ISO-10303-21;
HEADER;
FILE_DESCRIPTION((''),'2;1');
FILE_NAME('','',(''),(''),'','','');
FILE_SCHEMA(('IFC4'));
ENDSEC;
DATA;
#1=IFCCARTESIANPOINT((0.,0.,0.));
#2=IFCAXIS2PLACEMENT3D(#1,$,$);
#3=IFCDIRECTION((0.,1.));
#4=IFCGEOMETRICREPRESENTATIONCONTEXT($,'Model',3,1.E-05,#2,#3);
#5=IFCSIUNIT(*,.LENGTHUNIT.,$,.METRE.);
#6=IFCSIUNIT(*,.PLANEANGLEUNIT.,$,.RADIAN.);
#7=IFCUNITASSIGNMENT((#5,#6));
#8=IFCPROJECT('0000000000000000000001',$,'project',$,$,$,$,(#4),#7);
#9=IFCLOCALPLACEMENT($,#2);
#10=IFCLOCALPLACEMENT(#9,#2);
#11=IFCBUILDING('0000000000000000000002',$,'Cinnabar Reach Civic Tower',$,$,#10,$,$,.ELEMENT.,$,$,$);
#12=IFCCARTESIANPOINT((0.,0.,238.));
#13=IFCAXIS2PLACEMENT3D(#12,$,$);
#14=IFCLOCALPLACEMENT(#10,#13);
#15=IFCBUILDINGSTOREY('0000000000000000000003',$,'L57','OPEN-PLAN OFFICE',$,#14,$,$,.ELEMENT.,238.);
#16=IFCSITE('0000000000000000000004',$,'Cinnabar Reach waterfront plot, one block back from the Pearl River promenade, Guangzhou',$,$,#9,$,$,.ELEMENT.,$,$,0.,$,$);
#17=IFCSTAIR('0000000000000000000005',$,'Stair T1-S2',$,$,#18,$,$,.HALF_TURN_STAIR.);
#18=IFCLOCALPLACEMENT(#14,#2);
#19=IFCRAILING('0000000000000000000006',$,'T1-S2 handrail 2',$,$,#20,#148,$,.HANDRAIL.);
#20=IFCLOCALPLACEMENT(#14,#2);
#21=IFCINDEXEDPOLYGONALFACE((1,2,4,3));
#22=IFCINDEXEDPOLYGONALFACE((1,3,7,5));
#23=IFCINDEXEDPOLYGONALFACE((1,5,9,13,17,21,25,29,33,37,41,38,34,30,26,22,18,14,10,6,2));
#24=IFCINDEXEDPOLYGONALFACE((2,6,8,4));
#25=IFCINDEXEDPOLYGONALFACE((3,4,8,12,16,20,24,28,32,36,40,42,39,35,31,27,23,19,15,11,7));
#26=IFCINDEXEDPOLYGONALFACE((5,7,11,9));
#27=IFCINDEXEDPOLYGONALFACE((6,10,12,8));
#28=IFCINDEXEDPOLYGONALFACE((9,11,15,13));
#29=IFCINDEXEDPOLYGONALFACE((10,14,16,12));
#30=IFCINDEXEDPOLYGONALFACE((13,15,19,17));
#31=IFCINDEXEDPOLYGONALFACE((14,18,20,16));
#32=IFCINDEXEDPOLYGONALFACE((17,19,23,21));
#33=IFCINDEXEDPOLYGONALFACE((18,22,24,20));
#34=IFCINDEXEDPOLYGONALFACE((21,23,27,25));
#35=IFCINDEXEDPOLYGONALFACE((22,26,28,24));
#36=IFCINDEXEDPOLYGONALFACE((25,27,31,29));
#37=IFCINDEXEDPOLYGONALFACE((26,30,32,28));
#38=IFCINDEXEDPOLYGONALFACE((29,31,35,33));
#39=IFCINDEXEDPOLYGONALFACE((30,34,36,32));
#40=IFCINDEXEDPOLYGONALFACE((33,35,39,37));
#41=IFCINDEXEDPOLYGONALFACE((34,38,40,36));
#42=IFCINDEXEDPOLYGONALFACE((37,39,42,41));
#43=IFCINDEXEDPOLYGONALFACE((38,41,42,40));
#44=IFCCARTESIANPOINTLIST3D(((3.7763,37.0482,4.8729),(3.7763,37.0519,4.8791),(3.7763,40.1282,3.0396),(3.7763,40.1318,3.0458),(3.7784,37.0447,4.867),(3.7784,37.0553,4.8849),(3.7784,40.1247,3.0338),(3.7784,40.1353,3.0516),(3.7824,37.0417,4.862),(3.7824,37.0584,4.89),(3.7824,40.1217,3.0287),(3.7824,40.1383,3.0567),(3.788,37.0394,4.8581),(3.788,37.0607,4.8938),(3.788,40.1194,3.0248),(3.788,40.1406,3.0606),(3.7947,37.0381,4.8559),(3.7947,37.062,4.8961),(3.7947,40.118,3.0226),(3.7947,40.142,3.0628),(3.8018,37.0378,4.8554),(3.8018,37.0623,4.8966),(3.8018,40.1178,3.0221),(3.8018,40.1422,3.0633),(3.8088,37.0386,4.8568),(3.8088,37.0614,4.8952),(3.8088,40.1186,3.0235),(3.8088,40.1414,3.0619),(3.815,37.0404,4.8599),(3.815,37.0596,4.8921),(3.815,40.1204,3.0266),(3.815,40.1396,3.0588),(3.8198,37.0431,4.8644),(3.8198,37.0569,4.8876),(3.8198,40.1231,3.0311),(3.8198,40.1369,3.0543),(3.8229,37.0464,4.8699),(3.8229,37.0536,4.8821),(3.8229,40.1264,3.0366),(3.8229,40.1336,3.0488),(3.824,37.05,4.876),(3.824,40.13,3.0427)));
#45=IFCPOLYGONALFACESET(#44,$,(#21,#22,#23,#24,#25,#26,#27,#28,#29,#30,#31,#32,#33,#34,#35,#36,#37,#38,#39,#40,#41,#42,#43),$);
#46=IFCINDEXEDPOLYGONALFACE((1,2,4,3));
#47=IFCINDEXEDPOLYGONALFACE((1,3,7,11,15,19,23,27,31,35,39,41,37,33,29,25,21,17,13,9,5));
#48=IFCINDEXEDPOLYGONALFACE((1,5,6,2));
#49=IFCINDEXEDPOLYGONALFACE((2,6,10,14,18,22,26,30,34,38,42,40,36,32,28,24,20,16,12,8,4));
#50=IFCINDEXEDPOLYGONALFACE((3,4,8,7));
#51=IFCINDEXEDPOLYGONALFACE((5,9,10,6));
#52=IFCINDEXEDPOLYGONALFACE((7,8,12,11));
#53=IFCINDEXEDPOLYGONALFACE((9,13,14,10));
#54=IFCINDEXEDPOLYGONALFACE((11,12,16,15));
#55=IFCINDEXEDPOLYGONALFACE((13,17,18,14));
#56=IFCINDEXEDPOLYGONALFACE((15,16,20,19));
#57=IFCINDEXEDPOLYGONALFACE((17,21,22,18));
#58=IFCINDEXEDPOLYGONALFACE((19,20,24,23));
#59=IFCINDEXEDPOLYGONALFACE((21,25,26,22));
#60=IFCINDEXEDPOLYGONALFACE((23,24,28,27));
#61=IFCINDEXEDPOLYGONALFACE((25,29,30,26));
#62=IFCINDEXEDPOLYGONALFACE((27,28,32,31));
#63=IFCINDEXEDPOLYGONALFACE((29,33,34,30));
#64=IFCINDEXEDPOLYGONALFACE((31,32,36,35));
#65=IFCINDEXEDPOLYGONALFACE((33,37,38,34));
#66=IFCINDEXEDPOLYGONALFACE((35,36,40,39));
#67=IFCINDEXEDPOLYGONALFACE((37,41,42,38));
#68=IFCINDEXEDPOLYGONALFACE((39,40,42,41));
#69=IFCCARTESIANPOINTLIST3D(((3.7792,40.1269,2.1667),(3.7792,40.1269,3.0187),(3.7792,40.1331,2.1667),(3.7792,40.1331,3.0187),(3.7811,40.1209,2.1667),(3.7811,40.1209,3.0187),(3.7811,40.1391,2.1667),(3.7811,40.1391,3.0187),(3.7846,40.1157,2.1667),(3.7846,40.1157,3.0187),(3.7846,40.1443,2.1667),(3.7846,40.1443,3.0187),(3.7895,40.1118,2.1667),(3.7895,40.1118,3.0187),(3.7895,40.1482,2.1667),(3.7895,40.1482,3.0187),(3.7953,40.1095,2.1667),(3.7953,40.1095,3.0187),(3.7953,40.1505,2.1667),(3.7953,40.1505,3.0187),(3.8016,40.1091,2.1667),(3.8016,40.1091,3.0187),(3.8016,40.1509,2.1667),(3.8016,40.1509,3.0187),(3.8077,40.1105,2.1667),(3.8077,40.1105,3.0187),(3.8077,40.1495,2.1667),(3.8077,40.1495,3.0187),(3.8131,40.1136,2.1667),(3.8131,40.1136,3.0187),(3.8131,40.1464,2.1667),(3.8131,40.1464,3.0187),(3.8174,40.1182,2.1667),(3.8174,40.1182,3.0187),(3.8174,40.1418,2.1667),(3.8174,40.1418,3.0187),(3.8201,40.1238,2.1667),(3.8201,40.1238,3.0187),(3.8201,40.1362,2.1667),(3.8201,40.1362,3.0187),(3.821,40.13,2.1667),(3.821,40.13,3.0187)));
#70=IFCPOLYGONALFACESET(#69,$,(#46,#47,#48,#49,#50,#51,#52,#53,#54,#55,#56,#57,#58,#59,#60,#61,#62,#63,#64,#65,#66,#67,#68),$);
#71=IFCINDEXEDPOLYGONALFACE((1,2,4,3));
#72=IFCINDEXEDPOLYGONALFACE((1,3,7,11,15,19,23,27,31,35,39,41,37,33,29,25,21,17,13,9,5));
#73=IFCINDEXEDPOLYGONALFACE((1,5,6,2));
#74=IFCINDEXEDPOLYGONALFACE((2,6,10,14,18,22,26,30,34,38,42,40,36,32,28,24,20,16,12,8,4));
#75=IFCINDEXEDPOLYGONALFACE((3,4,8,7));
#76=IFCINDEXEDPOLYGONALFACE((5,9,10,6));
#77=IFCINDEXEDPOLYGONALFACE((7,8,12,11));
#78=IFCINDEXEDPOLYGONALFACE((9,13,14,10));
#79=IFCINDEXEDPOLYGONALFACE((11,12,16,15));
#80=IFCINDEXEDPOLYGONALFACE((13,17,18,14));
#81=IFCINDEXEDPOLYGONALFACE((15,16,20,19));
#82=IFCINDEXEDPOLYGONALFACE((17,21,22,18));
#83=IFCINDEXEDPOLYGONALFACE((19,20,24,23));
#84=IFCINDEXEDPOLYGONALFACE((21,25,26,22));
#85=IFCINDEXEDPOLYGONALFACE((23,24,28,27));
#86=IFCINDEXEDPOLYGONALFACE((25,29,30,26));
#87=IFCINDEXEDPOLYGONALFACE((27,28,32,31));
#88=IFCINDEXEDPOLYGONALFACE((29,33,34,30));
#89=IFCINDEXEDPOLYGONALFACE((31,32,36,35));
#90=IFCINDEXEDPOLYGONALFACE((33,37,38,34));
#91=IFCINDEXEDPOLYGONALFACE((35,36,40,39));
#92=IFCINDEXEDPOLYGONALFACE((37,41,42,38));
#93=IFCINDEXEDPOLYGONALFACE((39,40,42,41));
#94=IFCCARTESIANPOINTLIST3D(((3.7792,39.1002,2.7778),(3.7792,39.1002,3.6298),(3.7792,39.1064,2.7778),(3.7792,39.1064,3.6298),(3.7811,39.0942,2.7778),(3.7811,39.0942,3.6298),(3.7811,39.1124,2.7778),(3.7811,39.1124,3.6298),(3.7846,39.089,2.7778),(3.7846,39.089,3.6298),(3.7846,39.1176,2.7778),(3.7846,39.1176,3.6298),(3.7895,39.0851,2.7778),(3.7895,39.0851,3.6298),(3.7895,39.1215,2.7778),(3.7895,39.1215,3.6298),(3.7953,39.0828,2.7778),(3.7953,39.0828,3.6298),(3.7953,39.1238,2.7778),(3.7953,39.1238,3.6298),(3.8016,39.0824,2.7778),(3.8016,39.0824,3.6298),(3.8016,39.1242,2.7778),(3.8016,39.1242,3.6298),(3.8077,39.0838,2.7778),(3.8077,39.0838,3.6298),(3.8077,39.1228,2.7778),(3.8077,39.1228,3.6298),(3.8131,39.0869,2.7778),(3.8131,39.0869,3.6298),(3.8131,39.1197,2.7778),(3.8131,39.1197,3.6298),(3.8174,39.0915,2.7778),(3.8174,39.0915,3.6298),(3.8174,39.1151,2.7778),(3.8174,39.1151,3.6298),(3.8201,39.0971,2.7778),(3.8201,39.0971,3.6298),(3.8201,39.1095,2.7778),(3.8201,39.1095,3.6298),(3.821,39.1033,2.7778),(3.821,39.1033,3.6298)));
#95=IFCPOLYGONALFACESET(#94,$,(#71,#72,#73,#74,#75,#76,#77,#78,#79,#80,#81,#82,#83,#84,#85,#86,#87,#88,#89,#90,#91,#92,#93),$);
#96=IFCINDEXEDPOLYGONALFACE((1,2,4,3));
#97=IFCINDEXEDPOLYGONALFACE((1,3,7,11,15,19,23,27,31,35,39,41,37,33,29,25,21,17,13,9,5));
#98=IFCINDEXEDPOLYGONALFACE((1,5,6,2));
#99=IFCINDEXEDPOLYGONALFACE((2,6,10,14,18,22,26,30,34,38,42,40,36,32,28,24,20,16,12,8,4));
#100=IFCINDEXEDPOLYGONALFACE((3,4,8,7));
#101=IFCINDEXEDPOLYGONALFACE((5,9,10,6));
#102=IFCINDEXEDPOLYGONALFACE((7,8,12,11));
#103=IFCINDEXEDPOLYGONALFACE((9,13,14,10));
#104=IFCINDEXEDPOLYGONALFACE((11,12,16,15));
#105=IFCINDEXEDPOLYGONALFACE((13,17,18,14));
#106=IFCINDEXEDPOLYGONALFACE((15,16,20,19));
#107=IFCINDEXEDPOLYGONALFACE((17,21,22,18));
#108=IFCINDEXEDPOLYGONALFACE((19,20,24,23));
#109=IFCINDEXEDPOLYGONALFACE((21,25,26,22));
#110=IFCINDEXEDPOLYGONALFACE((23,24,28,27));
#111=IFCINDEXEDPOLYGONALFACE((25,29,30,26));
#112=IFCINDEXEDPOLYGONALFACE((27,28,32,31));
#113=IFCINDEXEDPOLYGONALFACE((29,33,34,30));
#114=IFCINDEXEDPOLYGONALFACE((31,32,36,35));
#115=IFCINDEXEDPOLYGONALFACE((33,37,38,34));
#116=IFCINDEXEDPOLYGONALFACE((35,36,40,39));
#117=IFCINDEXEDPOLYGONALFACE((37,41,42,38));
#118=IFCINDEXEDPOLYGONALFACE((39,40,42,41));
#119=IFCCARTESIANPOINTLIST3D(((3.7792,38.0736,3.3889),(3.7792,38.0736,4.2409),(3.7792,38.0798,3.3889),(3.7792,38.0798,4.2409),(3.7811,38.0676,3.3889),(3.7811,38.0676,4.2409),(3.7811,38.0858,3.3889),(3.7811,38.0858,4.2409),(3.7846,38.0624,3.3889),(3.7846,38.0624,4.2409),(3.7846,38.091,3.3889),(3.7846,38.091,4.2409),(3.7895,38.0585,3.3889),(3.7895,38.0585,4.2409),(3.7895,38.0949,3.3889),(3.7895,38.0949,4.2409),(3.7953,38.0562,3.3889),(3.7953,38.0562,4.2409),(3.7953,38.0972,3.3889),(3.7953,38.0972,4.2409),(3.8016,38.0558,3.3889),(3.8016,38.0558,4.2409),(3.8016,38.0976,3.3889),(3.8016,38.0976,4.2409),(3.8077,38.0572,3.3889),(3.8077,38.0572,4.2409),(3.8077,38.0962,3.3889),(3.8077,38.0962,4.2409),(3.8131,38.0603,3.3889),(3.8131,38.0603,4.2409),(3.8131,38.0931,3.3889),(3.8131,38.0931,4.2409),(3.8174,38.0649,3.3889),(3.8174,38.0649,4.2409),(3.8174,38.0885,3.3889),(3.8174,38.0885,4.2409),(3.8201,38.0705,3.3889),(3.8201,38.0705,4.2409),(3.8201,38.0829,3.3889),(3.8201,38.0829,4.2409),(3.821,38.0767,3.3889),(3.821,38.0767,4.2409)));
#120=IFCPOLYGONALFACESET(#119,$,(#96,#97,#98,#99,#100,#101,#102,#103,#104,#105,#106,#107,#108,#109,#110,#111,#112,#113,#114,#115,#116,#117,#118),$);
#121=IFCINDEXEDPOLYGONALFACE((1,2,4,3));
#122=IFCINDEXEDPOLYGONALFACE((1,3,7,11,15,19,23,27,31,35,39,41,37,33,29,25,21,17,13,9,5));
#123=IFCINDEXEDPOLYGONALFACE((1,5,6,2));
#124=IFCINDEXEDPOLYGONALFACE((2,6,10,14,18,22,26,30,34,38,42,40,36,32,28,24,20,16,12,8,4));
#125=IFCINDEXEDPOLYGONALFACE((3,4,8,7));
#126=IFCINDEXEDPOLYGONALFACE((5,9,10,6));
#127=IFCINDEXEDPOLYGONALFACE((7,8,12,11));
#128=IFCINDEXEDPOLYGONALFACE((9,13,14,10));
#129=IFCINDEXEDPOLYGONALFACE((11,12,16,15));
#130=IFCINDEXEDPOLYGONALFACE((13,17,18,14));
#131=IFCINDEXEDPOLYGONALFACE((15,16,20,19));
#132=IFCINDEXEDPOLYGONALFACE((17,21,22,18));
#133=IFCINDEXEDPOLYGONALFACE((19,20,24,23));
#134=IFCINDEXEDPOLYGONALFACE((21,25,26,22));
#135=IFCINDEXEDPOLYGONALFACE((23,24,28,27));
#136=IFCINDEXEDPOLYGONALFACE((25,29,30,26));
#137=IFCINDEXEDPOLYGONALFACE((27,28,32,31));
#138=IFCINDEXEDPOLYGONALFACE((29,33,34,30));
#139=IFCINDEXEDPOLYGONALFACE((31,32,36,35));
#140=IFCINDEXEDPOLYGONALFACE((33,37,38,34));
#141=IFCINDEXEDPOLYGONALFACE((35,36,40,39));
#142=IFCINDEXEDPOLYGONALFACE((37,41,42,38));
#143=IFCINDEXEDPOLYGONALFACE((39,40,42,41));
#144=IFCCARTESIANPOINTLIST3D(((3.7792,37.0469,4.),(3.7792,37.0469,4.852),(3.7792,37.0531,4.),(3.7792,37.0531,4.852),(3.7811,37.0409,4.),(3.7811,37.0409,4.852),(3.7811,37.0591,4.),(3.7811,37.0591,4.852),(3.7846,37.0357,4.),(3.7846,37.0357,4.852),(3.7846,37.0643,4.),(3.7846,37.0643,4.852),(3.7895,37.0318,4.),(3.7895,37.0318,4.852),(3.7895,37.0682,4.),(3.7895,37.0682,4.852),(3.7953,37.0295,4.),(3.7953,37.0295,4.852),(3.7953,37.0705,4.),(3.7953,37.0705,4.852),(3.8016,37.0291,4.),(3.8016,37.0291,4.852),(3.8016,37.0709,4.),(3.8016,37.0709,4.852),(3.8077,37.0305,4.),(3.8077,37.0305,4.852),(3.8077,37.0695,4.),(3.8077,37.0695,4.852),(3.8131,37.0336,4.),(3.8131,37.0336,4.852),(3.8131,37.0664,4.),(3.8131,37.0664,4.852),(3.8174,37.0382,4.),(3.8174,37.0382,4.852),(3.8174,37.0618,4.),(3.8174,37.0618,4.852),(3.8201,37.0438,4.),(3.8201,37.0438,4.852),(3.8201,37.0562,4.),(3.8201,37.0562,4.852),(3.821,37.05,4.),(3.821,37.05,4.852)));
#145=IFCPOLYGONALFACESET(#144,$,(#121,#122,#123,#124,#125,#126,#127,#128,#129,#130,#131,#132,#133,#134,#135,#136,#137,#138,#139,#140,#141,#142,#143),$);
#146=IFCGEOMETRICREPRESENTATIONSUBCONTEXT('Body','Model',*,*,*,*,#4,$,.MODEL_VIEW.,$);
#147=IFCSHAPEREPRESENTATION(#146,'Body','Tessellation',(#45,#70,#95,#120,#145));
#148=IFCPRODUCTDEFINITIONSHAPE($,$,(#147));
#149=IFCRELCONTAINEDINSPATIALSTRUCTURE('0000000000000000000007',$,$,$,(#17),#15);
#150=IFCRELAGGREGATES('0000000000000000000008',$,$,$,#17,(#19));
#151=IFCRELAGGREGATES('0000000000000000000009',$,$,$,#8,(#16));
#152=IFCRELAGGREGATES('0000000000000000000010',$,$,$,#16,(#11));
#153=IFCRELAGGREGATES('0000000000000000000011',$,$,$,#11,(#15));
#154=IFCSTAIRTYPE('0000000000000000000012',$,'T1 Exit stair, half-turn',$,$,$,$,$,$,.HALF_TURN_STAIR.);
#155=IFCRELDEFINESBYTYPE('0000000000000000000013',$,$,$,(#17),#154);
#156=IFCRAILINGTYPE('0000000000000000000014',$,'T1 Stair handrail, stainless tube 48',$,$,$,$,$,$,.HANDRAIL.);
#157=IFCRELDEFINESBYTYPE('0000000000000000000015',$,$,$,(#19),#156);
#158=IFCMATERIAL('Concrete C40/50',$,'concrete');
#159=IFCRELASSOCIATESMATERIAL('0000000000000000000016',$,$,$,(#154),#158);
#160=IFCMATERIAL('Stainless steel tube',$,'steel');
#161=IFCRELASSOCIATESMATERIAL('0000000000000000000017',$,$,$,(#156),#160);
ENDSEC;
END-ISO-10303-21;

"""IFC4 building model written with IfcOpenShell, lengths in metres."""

from ifc_helpers import new_model, si_unit, direction, frame, origin, origin_2d, place, context, subcontext, project, spatial, circle, extrude, material, type_object, element, aggregate, save


model = new_model("IFC4")

# Units and contexts
model_context = context("Model", 3, precision=1e-05, world=origin(), true_north=direction((0.0, 1.0)))
body_context = subcontext(model_context, "Body", "Model", "MODEL_VIEW")
ifc_project = project(units=[si_unit("LENGTHUNIT", "METRE"), si_unit("PLANEANGLEUNIT", "RADIAN")], contexts=[model_context])

# Site, building, storey
site_placement = place(None, origin())
site = spatial("IfcSite", under=ifc_project, at=site_placement, Name="Cinnabar Reach waterfront plot, one block back from the Pearl River promenade, Guangzhou", CompositionType="ELEMENT", RefElevation=0.0)
building_placement = place(site_placement, origin())
building = spatial("IfcBuilding", under=site, at=building_placement, Name="Cinnabar Reach Civic Tower", CompositionType="ELEMENT")
storey_placement = place(building_placement, frame((0.0, 0.0, 238.0)))
storey = spatial("IfcBuildingStorey", under=building, at=storey_placement, Name="L57", Description="OPEN-PLAN OFFICE", CompositionType="ELEMENT", Elevation=238.0)

# Shared definitions
ifc_material_1 = material(Name="Concrete C40/50", Category="concrete")

# Stair, railing
stair_type = type_object("IfcStairType", Name="T1 Exit stair, half-turn", PredefinedType="HALF_TURN_STAIR", material=ifc_material_1)
stair_placement = place(storey_placement, origin())
stair = element("IfcStair", 1, at=stair_placement, inside=storey, type_object=stair_type, Name="Stair T1-S2", PredefinedType="HALF_TURN_STAIR")
ifc_material_2 = material(Name="Stainless steel tube", Category="steel")
railing_type = type_object("IfcRailingType", Name="T1 Stair handrail, stainless tube 48", PredefinedType="HANDRAIL", material=ifc_material_2)
railing_1_placement = place(storey_placement, frame((3.8, 40.13, 2.1667)))
railing_1 = element("IfcRailing", 2, at=railing_1_placement, type_object=railing_type, Name="T1-S2 handrail 2", PredefinedType="HANDRAIL", context=body_context, shape_type="SweptSolid", body=[
    extrude(circle(Radius=0.024, at=origin_2d()), frame((0.0, 0.0, 0.876), z_axis=(0.0, -0.859297, 0.511477), x_axis=(1.0, 0.0, 0.0)), (0.0, 0.0, 1.0), 3.5843),
    extrude(circle(Radius=0.021, at=origin_2d()), origin(), (0.0, 0.0, 1.0), 0.852),
    extrude(circle(Radius=0.021, at=origin_2d()), frame((0.0, -1.0267, 0.6111)), (0.0, 0.0, 1.0), 0.852),
    extrude(circle(Radius=0.021, at=origin_2d()), frame((0.0, -2.0533, 1.2222)), (0.0, 0.0, 1.0), 0.852),
    extrude(circle(Radius=0.021, at=origin_2d()), frame((0.0, -3.08, 1.8333)), (0.0, 0.0, 1.0), 0.852),
])
aggregate(stair, [railing_1])

save(model, "model.ifc")
